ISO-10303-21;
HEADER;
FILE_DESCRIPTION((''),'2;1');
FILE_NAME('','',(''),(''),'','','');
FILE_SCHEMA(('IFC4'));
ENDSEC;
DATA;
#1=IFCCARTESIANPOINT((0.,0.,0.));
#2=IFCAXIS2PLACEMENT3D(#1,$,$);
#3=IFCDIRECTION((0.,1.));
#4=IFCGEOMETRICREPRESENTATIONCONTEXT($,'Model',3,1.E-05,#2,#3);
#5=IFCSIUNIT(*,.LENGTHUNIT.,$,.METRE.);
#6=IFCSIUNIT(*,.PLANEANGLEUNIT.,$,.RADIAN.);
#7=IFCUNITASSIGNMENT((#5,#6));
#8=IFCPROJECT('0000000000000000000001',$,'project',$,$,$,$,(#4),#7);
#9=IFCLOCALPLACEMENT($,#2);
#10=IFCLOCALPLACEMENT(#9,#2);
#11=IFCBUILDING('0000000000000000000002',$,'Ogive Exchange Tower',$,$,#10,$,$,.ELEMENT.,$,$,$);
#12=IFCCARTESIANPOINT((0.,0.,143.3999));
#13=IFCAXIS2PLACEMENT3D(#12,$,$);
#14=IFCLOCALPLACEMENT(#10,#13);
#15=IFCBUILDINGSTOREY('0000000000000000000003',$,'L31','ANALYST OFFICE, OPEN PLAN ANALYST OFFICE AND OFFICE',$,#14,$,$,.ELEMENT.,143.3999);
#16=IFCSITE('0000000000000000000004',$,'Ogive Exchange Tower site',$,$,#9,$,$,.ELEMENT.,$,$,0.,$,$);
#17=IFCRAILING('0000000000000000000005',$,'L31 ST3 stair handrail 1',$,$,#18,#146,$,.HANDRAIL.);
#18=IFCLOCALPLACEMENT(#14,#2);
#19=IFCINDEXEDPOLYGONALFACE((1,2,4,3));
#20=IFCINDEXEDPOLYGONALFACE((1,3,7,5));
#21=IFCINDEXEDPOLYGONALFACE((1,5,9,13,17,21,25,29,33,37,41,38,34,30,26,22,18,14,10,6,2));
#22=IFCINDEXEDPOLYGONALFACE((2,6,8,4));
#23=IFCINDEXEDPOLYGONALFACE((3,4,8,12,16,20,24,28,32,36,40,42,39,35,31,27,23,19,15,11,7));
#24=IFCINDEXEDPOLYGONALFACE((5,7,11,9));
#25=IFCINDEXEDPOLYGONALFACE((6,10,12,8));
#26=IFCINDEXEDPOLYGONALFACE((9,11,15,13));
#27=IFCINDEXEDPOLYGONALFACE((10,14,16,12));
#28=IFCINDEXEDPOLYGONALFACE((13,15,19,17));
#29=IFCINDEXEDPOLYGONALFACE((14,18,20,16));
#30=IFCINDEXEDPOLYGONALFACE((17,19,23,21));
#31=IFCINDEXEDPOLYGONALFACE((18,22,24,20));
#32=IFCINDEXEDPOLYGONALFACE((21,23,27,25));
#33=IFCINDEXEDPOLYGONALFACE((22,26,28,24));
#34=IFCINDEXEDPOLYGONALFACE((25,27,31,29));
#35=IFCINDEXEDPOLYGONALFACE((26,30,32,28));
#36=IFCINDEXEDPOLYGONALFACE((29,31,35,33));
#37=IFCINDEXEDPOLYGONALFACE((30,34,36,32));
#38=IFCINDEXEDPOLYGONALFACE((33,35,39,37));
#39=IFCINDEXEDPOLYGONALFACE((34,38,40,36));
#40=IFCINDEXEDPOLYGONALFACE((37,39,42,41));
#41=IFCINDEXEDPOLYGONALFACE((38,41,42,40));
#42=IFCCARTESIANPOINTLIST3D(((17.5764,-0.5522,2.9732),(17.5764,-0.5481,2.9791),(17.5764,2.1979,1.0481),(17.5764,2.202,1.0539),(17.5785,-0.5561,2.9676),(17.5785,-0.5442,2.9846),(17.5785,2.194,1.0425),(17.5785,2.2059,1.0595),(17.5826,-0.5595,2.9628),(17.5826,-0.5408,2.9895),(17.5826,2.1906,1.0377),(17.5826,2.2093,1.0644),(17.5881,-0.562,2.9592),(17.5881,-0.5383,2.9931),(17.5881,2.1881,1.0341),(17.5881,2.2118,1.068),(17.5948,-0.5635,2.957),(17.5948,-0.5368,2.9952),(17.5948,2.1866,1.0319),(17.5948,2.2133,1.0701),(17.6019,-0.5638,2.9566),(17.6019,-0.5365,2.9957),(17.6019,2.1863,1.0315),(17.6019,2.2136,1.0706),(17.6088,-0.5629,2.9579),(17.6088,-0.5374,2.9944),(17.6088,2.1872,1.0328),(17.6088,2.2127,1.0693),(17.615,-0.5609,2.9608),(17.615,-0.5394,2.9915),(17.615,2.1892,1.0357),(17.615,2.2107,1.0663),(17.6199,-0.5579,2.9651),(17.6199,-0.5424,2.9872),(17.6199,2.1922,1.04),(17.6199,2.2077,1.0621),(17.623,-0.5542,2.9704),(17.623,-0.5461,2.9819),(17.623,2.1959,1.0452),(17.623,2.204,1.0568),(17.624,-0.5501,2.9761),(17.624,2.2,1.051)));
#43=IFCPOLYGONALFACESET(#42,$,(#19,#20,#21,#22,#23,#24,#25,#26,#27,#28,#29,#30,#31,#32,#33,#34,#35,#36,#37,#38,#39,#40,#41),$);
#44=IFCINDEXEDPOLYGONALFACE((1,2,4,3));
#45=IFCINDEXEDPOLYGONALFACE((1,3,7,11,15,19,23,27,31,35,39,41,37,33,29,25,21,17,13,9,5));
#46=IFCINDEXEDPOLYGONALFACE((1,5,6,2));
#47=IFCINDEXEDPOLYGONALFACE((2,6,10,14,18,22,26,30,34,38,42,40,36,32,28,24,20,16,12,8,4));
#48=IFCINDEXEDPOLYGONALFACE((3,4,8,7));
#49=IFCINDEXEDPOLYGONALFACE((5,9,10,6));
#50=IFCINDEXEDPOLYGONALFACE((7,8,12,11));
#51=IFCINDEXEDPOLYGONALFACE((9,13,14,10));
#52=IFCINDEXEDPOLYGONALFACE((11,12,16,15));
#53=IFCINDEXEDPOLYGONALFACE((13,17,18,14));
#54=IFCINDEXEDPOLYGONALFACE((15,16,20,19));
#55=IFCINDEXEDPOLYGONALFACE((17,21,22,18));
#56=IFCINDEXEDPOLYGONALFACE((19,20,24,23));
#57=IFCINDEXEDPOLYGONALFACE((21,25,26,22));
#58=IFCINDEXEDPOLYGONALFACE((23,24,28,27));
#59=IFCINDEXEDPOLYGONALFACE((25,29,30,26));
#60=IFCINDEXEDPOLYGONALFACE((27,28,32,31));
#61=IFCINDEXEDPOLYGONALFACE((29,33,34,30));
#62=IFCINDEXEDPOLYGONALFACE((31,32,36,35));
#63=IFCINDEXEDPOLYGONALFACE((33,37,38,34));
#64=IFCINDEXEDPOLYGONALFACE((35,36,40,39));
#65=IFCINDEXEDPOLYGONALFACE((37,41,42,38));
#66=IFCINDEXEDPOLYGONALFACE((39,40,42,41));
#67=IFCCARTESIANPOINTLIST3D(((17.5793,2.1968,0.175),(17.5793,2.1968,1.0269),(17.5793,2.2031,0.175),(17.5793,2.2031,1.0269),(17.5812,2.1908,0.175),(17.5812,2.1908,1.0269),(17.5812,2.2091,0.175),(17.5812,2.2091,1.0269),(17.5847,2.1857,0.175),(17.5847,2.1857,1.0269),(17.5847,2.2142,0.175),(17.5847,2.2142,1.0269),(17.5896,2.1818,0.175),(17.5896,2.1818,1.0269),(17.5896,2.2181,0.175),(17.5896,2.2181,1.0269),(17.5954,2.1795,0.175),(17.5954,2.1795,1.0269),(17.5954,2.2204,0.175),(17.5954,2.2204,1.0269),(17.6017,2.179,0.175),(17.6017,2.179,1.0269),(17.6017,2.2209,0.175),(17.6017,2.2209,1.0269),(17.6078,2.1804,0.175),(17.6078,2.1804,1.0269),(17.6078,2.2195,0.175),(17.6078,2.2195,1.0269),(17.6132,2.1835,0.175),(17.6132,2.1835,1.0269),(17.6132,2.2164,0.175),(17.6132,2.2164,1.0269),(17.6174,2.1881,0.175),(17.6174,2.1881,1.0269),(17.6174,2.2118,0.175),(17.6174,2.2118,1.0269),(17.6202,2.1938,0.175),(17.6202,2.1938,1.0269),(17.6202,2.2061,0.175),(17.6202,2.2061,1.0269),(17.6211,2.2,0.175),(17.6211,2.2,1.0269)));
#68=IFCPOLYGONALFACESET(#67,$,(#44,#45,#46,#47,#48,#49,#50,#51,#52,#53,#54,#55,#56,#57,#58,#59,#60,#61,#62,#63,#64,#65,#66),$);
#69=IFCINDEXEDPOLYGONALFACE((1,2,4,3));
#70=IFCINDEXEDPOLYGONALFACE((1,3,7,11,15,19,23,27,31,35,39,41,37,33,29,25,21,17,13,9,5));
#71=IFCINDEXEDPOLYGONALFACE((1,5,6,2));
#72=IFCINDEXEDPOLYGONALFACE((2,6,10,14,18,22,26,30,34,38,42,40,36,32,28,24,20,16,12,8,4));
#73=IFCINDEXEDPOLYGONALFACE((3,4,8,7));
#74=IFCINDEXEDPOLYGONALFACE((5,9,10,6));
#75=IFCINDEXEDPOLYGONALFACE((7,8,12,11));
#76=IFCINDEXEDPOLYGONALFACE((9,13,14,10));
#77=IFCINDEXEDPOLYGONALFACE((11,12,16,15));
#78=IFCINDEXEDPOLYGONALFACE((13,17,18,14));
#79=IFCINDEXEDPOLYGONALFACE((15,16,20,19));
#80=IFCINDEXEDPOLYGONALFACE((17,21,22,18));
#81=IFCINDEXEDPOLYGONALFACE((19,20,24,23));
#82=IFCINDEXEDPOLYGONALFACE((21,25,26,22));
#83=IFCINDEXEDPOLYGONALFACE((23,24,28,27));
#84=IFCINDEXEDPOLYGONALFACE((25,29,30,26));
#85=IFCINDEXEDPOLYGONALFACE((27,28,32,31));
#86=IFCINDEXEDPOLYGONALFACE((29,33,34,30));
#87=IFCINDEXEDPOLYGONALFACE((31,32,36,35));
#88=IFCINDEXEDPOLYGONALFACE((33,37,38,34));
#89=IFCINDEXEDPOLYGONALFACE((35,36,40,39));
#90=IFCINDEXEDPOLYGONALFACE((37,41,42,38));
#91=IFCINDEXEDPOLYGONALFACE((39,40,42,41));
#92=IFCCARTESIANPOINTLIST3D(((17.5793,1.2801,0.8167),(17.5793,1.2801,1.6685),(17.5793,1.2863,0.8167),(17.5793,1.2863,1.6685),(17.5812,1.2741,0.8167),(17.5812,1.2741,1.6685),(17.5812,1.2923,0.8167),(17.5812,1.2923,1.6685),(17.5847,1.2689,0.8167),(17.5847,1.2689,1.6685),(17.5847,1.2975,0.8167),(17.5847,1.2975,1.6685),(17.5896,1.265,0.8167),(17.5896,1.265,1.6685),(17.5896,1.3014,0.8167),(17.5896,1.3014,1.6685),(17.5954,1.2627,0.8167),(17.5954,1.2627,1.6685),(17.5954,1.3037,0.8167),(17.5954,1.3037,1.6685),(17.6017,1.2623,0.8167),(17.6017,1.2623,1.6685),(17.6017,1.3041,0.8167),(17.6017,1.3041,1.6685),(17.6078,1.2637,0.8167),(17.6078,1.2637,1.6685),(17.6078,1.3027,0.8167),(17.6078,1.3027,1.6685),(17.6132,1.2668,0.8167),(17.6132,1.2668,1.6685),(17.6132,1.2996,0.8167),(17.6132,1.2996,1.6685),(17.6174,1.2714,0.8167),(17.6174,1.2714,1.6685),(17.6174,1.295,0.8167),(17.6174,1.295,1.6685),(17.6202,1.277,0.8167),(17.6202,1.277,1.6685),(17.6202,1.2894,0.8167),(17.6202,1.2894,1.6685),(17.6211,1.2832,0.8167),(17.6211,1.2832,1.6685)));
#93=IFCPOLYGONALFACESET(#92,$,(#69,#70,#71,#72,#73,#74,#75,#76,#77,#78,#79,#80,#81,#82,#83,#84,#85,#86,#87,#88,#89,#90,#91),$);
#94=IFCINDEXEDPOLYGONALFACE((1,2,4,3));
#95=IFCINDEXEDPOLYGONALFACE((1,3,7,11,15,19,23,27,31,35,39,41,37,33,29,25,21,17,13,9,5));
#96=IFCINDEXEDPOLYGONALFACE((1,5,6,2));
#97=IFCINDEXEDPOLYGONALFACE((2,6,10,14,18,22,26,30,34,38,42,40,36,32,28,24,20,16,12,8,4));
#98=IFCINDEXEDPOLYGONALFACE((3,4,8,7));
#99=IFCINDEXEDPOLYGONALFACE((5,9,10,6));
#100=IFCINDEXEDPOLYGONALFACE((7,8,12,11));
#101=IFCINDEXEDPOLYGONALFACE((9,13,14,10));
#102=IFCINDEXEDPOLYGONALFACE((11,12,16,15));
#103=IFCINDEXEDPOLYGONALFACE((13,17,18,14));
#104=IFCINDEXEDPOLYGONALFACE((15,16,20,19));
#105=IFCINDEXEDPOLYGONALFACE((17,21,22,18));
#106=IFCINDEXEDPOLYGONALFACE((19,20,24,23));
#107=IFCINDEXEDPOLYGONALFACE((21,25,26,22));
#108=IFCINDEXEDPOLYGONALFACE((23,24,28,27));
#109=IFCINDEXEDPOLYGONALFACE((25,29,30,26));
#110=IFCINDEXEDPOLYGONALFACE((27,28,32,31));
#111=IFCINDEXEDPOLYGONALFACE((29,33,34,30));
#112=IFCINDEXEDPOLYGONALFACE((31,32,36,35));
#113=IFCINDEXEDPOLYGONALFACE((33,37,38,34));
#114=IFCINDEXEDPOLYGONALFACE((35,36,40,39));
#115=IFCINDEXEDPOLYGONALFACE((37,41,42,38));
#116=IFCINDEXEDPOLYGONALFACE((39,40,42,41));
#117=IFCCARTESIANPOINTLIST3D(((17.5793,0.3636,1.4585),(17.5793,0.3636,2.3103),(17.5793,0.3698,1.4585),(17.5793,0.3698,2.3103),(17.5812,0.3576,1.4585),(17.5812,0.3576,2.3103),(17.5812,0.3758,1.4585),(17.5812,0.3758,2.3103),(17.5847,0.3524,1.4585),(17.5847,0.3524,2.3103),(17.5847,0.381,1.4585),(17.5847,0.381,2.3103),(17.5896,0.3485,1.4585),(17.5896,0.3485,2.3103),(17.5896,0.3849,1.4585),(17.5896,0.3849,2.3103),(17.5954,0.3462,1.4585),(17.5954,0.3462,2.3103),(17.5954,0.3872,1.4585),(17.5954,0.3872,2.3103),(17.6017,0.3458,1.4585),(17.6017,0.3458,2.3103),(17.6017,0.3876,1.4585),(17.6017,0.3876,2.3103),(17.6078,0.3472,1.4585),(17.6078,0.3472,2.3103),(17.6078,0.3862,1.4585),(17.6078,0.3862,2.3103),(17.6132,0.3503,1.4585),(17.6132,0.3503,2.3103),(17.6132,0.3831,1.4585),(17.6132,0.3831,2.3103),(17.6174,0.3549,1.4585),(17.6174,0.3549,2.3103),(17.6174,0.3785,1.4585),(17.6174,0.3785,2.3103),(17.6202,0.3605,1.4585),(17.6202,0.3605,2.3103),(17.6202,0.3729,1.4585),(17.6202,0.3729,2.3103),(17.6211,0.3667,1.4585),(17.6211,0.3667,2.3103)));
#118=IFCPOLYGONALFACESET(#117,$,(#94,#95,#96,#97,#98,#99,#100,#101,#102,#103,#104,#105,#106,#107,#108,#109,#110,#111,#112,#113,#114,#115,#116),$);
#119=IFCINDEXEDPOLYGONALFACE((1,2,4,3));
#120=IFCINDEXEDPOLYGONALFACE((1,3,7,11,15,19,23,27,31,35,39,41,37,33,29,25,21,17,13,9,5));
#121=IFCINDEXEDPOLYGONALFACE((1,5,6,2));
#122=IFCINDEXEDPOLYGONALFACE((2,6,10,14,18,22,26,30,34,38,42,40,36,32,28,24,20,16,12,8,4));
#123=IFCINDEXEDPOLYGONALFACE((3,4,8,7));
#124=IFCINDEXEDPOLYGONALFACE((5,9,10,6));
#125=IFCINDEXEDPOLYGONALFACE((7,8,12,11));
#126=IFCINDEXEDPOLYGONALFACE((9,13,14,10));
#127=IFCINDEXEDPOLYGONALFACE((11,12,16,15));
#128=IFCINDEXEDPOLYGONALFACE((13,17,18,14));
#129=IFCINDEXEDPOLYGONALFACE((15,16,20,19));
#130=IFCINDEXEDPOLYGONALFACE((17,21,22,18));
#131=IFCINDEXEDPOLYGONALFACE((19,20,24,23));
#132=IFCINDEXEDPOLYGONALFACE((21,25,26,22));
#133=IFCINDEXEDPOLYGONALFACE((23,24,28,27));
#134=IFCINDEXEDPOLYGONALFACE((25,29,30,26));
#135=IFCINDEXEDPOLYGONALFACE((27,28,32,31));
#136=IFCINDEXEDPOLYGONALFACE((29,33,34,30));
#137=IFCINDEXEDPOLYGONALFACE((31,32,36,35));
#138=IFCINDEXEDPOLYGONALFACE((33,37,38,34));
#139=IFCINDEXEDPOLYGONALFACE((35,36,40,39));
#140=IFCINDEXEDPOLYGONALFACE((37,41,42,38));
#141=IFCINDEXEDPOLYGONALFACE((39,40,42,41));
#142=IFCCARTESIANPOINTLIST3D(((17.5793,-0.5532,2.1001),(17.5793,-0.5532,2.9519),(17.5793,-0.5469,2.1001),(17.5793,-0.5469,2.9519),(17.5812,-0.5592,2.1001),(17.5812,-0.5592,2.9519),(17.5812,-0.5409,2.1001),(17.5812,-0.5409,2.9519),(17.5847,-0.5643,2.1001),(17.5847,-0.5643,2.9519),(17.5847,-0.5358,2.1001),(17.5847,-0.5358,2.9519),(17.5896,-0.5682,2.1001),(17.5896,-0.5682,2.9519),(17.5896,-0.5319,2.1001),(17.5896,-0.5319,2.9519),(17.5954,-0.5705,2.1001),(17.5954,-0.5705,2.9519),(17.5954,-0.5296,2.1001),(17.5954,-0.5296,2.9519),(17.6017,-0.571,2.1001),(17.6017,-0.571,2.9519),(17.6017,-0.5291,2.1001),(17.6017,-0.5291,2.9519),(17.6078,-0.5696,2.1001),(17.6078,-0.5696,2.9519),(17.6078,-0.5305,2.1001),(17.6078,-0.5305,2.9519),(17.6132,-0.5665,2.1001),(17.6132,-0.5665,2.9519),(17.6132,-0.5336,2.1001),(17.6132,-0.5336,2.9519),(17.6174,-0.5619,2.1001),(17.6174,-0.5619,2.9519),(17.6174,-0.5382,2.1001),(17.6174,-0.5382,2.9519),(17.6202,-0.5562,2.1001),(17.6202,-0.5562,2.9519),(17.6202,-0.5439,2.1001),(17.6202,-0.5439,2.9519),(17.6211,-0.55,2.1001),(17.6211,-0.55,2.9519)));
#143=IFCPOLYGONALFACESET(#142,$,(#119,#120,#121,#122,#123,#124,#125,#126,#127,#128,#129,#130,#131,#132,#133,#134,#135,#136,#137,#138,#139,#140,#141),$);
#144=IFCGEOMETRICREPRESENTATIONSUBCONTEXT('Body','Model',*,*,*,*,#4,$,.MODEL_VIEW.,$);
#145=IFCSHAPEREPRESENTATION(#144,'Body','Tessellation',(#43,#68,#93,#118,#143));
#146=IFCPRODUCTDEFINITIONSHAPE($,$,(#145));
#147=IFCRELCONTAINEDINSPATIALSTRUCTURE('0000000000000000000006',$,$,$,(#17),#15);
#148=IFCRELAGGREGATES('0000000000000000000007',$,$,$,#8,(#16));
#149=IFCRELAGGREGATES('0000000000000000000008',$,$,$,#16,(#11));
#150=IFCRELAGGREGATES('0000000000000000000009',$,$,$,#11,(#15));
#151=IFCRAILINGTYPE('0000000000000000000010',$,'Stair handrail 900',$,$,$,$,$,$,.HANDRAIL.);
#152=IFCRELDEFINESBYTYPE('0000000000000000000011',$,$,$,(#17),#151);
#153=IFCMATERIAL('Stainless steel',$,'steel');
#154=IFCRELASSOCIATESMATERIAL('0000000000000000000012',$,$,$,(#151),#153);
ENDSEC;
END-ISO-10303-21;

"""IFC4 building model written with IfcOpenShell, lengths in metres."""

from ifc_helpers import new_model, si_unit, direction, frame, origin, origin_2d, place, context, subcontext, project, spatial, circle, extrude, material, type_object, element, save


model = new_model("IFC4")

# Units and contexts
model_context = context("Model", 3, precision=1e-05, world=origin(), true_north=direction((0.0, 1.0)))
body_context = subcontext(model_context, "Body", "Model", "MODEL_VIEW")
ifc_project = project(units=[si_unit("LENGTHUNIT", "METRE"), si_unit("PLANEANGLEUNIT", "RADIAN")], contexts=[model_context])

# Site, building, storey
site_placement = place(None, origin())
site = spatial("IfcSite", under=ifc_project, at=site_placement, Name="Ogive Exchange Tower site", CompositionType="ELEMENT", RefElevation=0.0)
building_placement = place(site_placement, origin())
building = spatial("IfcBuilding", under=site, at=building_placement, Name="Ogive Exchange Tower", CompositionType="ELEMENT")
storey_placement = place(building_placement, frame((0.0, 0.0, 143.3999)))
storey = spatial("IfcBuildingStorey", under=building, at=storey_placement, Name="L31", Description="ANALYST OFFICE, OPEN PLAN ANALYST OFFICE AND OFFICE", CompositionType="ELEMENT", Elevation=143.3999)

# Shared definitions
ifc_material_1 = material(Name="Stainless steel", Category="steel")

# Railing
railing_type = type_object("IfcRailingType", Name="Stair handrail 900", PredefinedType="HANDRAIL", material=ifc_material_1)
railing_placement = place(storey_placement, frame((17.6001, 2.2, 0.175)))
element("IfcRailing", 1, at=railing_placement, inside=storey, type_object=railing_type, Name="L31 ST3 stair handrail 1", PredefinedType="HANDRAIL", context=body_context, shape_type="SweptSolid", body=[
    extrude(circle(Radius=0.0239, at=origin_2d()), frame((0.0, 0.0, 0.876), z_axis=(0.0, -0.819225, 0.573472), x_axis=(1.0, 0.0, 0.0)), (0.0, 0.0, 1.0), 3.3569),
    extrude(circle(Radius=0.021, at=origin_2d()), origin(), (0.0, 0.0, 1.0), 0.8518),
    extrude(circle(Radius=0.021, at=origin_2d()), frame((0.0, -0.9167, 0.6416)), (0.0, 0.0, 1.0), 0.8518),
    extrude(circle(Radius=0.021, at=origin_2d()), frame((0.0, -1.8333, 1.2834)), (0.0, 0.0, 1.0), 0.8518),
    extrude(circle(Radius=0.021, at=origin_2d()), frame((0.0, -2.75, 1.925)), (0.0, 0.0, 1.0), 0.8518),
])

save(model, "model.ifc")
